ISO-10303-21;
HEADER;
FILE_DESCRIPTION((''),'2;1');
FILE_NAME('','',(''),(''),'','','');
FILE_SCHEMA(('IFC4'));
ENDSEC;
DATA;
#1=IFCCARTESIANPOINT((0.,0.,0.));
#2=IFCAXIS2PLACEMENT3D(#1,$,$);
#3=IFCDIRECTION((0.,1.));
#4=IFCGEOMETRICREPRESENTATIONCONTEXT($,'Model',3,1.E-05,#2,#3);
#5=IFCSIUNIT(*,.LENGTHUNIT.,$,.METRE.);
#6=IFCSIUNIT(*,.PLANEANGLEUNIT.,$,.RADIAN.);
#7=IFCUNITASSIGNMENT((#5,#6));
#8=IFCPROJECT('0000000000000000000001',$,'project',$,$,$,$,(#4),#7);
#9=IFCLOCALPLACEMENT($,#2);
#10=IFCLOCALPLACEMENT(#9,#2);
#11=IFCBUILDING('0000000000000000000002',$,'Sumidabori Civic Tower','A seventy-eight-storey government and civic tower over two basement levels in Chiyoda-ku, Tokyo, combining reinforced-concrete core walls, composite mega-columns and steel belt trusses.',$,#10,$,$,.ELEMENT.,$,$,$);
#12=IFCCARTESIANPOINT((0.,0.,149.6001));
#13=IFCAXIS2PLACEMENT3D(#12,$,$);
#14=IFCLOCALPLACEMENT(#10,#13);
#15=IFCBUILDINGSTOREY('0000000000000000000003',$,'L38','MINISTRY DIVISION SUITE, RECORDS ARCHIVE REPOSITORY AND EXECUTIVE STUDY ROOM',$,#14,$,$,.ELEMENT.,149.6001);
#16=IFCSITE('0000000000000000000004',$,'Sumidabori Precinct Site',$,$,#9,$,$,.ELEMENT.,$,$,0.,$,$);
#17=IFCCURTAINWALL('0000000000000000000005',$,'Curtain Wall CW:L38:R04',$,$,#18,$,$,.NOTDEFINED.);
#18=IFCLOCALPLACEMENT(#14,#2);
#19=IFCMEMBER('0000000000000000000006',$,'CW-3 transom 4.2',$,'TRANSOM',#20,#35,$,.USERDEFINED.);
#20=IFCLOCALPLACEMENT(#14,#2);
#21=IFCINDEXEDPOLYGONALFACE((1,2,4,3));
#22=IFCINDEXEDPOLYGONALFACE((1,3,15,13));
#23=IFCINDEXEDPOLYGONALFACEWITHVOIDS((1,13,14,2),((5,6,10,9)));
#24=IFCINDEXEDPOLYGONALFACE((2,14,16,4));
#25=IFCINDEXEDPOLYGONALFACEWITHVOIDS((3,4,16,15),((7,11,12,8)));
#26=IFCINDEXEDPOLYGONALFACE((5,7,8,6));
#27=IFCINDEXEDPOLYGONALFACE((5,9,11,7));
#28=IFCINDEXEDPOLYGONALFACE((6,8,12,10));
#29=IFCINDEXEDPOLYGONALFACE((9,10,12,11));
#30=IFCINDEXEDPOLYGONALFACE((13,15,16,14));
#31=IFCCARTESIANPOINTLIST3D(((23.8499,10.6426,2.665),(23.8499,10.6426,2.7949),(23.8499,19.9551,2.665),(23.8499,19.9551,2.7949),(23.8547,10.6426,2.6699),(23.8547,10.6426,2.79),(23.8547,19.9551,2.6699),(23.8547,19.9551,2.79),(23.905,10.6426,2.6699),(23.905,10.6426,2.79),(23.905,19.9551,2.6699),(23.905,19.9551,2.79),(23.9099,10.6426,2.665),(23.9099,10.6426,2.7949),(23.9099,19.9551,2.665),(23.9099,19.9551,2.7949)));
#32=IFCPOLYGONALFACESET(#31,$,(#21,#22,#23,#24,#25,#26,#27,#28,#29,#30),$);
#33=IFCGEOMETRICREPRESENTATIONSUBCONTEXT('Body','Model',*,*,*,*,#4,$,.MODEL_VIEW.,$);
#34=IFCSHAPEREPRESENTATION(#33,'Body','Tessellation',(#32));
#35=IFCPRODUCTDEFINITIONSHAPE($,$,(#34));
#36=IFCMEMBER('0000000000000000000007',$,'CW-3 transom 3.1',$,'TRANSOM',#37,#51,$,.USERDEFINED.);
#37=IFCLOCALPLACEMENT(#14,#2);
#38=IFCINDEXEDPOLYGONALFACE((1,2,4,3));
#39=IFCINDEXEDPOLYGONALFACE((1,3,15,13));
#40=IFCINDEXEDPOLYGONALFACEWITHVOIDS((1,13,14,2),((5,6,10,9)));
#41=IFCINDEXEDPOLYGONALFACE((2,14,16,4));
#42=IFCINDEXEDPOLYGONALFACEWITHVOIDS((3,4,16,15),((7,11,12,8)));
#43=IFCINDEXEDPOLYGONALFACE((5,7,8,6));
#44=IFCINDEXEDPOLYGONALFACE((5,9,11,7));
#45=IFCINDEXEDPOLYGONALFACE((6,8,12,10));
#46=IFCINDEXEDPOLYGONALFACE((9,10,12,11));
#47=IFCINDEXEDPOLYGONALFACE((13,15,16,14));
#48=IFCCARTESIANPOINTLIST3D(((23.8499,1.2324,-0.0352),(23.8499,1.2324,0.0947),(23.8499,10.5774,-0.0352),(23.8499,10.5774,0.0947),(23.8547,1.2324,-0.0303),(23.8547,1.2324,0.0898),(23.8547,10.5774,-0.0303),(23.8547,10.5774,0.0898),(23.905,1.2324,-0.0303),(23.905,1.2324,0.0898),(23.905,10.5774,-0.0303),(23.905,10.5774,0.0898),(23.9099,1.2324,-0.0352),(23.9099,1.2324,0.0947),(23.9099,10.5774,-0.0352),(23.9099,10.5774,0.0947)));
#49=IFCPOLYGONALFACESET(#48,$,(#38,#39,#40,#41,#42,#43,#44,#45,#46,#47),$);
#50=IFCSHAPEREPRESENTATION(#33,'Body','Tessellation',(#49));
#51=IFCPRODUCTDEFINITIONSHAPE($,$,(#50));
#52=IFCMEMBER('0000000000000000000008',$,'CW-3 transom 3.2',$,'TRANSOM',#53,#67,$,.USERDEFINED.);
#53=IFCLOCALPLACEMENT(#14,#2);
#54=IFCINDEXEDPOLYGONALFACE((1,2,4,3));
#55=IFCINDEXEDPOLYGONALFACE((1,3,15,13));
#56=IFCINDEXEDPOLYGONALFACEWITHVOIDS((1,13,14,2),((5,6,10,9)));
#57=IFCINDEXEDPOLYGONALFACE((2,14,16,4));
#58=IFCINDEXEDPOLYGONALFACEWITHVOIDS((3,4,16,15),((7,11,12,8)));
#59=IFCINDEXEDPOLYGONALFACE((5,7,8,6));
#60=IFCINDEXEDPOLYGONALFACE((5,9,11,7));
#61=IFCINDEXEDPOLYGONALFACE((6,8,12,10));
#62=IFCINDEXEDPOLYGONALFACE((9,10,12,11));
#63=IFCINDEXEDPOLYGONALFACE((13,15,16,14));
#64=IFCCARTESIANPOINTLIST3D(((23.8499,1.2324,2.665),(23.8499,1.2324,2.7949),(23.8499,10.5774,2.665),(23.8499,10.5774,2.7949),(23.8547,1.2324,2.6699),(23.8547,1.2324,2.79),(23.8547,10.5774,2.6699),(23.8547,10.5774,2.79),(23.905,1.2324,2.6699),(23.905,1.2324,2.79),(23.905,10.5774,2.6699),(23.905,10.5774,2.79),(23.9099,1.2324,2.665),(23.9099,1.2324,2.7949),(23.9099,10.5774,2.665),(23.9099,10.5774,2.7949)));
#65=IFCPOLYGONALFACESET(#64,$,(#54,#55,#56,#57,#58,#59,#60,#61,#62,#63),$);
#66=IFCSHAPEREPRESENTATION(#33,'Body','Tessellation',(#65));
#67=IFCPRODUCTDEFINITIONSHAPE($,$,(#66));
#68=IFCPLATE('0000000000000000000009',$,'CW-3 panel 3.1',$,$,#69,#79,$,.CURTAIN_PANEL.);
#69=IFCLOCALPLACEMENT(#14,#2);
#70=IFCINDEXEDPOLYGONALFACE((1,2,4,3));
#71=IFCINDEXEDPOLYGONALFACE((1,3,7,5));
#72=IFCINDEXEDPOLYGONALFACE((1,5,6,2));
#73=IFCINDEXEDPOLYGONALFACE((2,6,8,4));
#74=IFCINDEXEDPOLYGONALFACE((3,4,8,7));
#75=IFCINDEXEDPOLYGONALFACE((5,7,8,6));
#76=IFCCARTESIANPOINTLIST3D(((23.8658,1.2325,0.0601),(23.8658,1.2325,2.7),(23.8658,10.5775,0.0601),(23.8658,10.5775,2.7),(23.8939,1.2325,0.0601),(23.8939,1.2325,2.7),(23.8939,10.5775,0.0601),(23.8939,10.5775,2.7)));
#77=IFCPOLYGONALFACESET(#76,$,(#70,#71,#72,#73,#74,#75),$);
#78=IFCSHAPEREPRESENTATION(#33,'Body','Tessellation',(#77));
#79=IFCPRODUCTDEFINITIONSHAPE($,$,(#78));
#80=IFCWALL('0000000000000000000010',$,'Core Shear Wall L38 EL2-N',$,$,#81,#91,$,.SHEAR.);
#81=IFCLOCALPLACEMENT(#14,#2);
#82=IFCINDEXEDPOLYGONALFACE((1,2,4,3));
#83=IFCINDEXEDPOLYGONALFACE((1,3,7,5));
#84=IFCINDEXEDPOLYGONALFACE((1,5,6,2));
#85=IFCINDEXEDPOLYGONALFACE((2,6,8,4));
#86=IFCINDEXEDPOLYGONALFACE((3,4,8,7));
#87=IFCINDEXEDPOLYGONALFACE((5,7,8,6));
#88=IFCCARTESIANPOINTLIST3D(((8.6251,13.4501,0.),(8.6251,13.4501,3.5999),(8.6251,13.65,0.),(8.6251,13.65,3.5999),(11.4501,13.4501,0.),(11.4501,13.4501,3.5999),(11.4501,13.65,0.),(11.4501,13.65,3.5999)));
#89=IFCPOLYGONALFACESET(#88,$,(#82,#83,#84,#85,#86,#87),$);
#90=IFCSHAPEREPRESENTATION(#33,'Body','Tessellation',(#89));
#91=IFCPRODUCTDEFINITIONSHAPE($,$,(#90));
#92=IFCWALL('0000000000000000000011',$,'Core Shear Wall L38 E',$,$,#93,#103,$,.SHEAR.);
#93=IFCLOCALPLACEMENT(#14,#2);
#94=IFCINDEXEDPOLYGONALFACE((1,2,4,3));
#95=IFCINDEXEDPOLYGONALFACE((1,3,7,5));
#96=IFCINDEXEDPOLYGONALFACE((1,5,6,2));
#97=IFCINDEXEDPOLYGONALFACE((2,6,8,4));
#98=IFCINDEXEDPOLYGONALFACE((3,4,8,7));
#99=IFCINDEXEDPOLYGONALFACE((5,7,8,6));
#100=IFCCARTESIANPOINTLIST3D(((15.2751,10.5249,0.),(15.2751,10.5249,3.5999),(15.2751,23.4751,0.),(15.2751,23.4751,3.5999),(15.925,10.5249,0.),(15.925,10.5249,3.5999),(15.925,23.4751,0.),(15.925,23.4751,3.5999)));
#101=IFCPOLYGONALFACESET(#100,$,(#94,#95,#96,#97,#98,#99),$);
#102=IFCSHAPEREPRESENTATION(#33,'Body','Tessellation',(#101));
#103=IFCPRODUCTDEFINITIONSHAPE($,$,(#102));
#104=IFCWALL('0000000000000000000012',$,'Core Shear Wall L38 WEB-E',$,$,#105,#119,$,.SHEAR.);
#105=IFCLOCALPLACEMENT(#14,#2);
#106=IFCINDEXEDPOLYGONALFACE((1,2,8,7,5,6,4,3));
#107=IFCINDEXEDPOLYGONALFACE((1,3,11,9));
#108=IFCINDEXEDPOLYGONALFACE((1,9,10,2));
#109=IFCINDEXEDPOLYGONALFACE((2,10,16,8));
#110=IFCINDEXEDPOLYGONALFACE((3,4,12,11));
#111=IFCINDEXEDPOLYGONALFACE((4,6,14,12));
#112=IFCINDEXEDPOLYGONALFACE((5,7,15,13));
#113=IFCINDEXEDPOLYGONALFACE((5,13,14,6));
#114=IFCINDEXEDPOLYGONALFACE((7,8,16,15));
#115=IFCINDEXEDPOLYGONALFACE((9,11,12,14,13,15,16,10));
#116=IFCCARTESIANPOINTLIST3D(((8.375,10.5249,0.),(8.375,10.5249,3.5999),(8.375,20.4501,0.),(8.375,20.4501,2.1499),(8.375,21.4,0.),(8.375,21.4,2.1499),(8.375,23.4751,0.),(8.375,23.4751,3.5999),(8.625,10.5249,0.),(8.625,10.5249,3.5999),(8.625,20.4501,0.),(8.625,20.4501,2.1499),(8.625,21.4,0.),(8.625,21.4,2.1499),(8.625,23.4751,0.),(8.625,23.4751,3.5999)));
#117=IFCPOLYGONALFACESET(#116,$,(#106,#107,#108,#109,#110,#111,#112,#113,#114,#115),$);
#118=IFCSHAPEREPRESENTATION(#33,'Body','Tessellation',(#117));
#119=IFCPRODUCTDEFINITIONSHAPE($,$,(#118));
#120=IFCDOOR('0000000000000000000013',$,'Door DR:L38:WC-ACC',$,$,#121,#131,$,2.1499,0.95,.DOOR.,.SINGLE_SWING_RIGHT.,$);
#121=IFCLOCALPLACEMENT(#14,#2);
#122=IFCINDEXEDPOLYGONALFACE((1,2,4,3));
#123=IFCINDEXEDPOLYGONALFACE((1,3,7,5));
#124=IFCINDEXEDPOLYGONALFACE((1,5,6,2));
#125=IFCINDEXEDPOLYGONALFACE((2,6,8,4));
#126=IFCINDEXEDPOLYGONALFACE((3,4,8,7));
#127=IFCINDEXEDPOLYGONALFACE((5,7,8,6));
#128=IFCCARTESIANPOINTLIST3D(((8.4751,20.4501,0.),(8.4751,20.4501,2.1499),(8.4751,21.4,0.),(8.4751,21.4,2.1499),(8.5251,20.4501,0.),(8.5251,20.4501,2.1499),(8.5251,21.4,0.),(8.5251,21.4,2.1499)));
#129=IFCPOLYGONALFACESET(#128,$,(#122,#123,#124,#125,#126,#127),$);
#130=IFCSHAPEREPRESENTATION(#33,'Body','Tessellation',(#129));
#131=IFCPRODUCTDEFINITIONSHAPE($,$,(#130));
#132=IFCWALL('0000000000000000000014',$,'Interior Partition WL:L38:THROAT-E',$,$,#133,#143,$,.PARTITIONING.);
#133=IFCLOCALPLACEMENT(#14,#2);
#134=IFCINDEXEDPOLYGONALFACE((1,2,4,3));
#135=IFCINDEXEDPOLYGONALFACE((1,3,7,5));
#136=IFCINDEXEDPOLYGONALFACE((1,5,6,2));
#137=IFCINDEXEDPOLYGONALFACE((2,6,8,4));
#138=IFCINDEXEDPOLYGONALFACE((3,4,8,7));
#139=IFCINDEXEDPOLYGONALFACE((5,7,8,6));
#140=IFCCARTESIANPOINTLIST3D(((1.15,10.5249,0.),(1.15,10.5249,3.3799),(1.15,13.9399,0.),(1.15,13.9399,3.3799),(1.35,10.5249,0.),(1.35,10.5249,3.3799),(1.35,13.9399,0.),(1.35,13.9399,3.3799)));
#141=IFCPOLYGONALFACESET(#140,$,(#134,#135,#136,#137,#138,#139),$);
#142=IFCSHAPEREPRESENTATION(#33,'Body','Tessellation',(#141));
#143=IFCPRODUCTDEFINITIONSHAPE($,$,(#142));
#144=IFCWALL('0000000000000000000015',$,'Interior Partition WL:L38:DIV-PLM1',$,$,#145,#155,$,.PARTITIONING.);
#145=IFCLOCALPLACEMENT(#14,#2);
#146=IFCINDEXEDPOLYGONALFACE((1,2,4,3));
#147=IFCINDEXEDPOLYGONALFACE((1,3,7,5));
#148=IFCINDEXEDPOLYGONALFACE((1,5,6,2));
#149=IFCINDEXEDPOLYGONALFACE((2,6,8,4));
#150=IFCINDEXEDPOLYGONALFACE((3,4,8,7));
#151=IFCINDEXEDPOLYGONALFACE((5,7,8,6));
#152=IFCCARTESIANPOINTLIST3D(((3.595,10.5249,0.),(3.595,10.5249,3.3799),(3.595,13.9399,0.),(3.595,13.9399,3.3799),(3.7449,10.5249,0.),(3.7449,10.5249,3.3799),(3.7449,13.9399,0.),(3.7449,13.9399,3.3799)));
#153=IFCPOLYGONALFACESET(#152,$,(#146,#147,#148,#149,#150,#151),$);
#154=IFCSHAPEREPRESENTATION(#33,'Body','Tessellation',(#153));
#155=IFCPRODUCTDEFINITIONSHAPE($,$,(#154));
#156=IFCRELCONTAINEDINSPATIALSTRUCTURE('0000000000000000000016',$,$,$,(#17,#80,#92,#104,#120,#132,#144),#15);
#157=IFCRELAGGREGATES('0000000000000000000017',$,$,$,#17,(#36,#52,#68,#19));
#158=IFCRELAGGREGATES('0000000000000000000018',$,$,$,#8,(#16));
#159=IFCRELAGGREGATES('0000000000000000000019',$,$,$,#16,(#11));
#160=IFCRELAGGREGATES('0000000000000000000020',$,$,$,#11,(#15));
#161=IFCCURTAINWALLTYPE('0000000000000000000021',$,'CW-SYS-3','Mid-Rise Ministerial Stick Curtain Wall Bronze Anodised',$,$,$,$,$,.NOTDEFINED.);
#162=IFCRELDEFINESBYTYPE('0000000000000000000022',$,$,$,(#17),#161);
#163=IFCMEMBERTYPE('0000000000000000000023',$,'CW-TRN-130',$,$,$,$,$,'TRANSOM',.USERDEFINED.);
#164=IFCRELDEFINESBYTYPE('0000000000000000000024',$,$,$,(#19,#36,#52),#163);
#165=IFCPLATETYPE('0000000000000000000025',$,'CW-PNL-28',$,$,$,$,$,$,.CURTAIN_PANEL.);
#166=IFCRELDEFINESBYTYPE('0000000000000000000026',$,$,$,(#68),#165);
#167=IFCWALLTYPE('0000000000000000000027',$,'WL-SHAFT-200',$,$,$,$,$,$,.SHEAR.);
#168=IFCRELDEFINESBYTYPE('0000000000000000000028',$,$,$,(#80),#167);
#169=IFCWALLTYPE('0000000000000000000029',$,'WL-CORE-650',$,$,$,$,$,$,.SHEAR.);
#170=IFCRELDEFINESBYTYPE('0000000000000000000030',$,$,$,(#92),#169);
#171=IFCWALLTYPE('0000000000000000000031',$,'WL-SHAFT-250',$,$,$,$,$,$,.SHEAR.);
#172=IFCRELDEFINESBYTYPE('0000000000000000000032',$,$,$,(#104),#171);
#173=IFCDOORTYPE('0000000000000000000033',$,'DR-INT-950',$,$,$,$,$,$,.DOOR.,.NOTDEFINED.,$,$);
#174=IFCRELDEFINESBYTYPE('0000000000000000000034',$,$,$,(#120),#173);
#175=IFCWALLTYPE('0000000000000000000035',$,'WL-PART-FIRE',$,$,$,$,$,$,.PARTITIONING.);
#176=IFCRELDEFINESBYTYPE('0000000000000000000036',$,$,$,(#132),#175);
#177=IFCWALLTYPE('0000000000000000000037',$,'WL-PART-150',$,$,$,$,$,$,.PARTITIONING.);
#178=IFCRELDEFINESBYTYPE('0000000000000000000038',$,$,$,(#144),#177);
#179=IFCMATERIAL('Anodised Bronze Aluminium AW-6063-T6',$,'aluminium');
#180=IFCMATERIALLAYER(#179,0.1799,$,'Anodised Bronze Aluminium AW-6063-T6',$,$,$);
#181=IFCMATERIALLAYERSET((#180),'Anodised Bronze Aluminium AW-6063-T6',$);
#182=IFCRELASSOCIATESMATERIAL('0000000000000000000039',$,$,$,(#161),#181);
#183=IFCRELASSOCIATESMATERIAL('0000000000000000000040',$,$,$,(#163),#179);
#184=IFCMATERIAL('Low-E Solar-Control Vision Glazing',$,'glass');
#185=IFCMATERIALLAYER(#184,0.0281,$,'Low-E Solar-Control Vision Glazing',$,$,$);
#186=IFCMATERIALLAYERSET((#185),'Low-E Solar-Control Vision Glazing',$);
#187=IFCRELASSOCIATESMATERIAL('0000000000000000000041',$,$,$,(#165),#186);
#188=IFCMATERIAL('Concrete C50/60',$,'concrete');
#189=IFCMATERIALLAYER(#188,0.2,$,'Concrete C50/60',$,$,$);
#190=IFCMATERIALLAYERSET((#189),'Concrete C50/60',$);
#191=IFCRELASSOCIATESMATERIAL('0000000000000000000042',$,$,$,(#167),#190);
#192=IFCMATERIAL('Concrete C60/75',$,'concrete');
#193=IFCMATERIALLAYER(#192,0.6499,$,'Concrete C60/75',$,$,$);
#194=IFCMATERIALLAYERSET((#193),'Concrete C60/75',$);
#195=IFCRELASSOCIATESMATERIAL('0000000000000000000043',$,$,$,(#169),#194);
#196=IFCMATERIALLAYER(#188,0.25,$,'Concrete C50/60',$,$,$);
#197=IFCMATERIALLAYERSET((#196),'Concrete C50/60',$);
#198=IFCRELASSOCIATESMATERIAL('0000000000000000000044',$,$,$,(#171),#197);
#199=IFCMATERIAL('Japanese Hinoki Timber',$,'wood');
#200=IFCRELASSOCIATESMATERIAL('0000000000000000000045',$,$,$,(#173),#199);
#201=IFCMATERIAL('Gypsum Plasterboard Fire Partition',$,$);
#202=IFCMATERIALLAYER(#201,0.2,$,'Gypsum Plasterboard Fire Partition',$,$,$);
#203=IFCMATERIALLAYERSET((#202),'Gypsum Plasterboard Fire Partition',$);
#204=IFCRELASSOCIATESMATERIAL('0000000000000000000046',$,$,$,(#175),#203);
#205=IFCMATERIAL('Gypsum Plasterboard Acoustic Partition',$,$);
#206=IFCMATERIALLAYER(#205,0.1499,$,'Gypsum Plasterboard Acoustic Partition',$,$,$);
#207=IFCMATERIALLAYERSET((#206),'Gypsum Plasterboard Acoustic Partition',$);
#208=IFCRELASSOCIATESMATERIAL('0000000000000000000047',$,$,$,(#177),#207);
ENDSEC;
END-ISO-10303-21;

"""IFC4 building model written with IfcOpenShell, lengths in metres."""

from ifc_helpers import new_model, si_unit, direction, frame, frame_2d, origin, origin_2d, place, context, subcontext, project, spatial, rectangle, hollow_rectangle, extrude, source, transform, mapped, material, layer, layer_set, material_profile, profile_set, type_object, element, fill, aggregate, save


model = new_model("IFC4")

# Units and contexts
model_context = context("Model", 3, precision=1e-05, world=origin(), true_north=direction((0.0, 1.0)))
body_context = subcontext(model_context, "Body", "Model", "MODEL_VIEW")
ifc_project = project(units=[si_unit("LENGTHUNIT", "METRE"), si_unit("PLANEANGLEUNIT", "RADIAN")], contexts=[model_context])

# Site, building, storey
site_placement = place(None, origin())
site = spatial("IfcSite", under=ifc_project, at=site_placement, Name="Sumidabori Precinct Site", CompositionType="ELEMENT", RefElevation=0.0)
building_placement = place(site_placement, origin())
building = spatial("IfcBuilding", under=site, at=building_placement, Name="Sumidabori Civic Tower", Description="A seventy-eight-storey government and civic tower over two basement levels in Chiyoda-ku, Tokyo, combining reinforced-concrete core walls, composite mega-columns and steel belt trusses.", CompositionType="ELEMENT")
storey_placement = place(building_placement, frame((0.0, 0.0, 149.6001)))
storey = spatial("IfcBuildingStorey", under=building, at=storey_placement, Name="L38", Description="MINISTRY DIVISION SUITE, RECORDS ARCHIVE REPOSITORY AND EXECUTIVE STUDY ROOM", CompositionType="ELEMENT", Elevation=149.6001)

# Shared definitions
ifc_material_1 = material(Name="Concrete C60/75", Category="concrete")

# Curtain wall, members, plate
ifc_material_2 = material(Name="Anodised Bronze Aluminium AW-6063-T6", Category="aluminium")
ifc_layer_1 = layer(ifc_material_2, 0.1799, Name="Anodised Bronze Aluminium AW-6063-T6")
ifc_layer_set_1 = layer_set([ifc_layer_1], Name="Anodised Bronze Aluminium AW-6063-T6")
curtain_wall_type = type_object("IfcCurtainWallType", Name="CW-SYS-3", Description="Mid-Rise Ministerial Stick Curtain Wall Bronze Anodised", PredefinedType="NOTDEFINED", material=ifc_layer_set_1)
curtain_wall_placement = place(storey_placement, origin())
curtain_wall = element("IfcCurtainWall", 1, at=curtain_wall_placement, inside=storey, type_object=curtain_wall_type, Name="Curtain Wall CW:L38:R04", PredefinedType="NOTDEFINED")
ifc_material_profile_1 = material_profile(ifc_material_2, hollow_rectangle(XDim=0.0601, YDim=0.1299, WallThickness=0.0049, at=origin_2d()), Name="ALU TRANSOM 130x60")
ifc_profile_set_1 = profile_set([ifc_material_profile_1], Name="Anodised Bronze Aluminium AW-6063-T6")
member_type_1 = type_object("IfcMemberType", Name="CW-TRN-130", ElementType="TRANSOM", PredefinedType="USERDEFINED", material=ifc_profile_set_1)
shared_shape_1 = source(origin(), body_context, "Body", "SweptSolid", [
    extrude(hollow_rectangle(XDim=0.0601, YDim=0.1299, WallThickness=0.0049, at=origin_2d()), origin(), (0.0, 0.0, 1.0), 9.3125),
])
member_1_placement = place(storey_placement, frame((23.8799, 10.6426, 2.73), z_axis=(0.0, 1.0, 0.0), x_axis=(-1.0, 0.0, 0.0)))
member_1 = element("IfcMember", 2, at=member_1_placement, type_object=member_type_1, Name="CW-3 transom 4.2", ObjectType="TRANSOM", PredefinedType="USERDEFINED", context=body_context, shape_type="MappedRepresentation", body=[
    mapped(shared_shape_1, transform((0.0, 0.0, 0.0), x_axis=(1.0, 0.0, 0.0), y_axis=(0.0, 1.0, 0.0), z_axis=(0.0, 0.0, 1.0), scale=1.0)),
])
shared_shape_2 = source(origin(), body_context, "Body", "SweptSolid", [
    extrude(hollow_rectangle(XDim=0.0601, YDim=0.1299, WallThickness=0.0049, at=origin_2d()), origin(), (0.0, 0.0, 1.0), 9.345),
])
member_2_placement = place(storey_placement, frame((23.8799, 1.2324, 0.0298), z_axis=(0.0, 1.0, 0.0), x_axis=(-1.0, 0.0, 0.0)))
member_2 = element("IfcMember", 3, at=member_2_placement, type_object=member_type_1, Name="CW-3 transom 3.1", ObjectType="TRANSOM", PredefinedType="USERDEFINED", context=body_context, shape_type="MappedRepresentation", body=[
    mapped(shared_shape_2, transform((0.0, 0.0, 0.0), x_axis=(1.0, 0.0, 0.0), y_axis=(0.0, 1.0, 0.0), z_axis=(0.0, 0.0, 1.0), scale=1.0)),
])
member_3_placement = place(storey_placement, frame((23.8799, 1.2324, 2.73), z_axis=(0.0, 1.0, 0.0), x_axis=(-1.0, 0.0, 0.0)))
member_3 = element("IfcMember", 4, at=member_3_placement, type_object=member_type_1, Name="CW-3 transom 3.2", ObjectType="TRANSOM", PredefinedType="USERDEFINED", context=body_context, shape_type="MappedRepresentation", body=[
    mapped(shared_shape_2, transform((0.0, 0.0, 0.0), x_axis=(1.0, 0.0, 0.0), y_axis=(0.0, 1.0, 0.0), z_axis=(0.0, 0.0, 1.0), scale=1.0)),
])
ifc_material_3 = material(Name="Low-E Solar-Control Vision Glazing", Category="glass")
ifc_layer_2 = layer(ifc_material_3, 0.0281, Name="Low-E Solar-Control Vision Glazing")
ifc_layer_set_2 = layer_set([ifc_layer_2], Name="Low-E Solar-Control Vision Glazing")
plate_type = type_object("IfcPlateType", Name="CW-PNL-28", PredefinedType="CURTAIN_PANEL", material=ifc_layer_set_2)
shared_shape_3 = source(origin(), body_context, "Body", "SweptSolid", [
    extrude(rectangle(XDim=9.345, YDim=0.0281, at=origin_2d()), origin(), (0.0, 0.0, 1.0), 2.6399),
])
plate_placement = place(storey_placement, frame((23.8799, 5.905, 0.0601), z_axis=(0.0, 0.0, 1.0), x_axis=(0.0, 1.0, 0.0)))
plate = element("IfcPlate", 5, at=plate_placement, type_object=plate_type, Name="CW-3 panel 3.1", PredefinedType="CURTAIN_PANEL", context=body_context, shape_type="MappedRepresentation", body=[
    mapped(shared_shape_3, transform((0.0, 0.0, 0.0), x_axis=(1.0, 0.0, 0.0), y_axis=(0.0, 1.0, 0.0), z_axis=(0.0, 0.0, 1.0), scale=1.0)),
])
aggregate(curtain_wall, [member_2, member_3, plate, member_1])

# Walls
ifc_material_4 = material(Name="Concrete C50/60", Category="concrete")
ifc_layer_3 = layer(ifc_material_4, 0.2, Name="Concrete C50/60")
ifc_layer_set_3 = layer_set([ifc_layer_3], Name="Concrete C50/60")
wall_type_1 = type_object("IfcWallType", Name="WL-SHAFT-200", PredefinedType="SHEAR", material=ifc_layer_set_3)
shared_shape_4 = source(origin(), body_context, "Body", "SweptSolid", [
    extrude(rectangle(XDim=2.825, YDim=0.2, at=frame_2d((1.4126, 0.0))), origin(), (0.0, 0.0, 1.0), 3.5999),
])
wall_1_placement = place(storey_placement, frame((8.625, 13.55, 0.0), z_axis=(0.0, 0.0, 1.0), x_axis=(1.0, 0.0, 0.0)))
element("IfcWall", 6, at=wall_1_placement, inside=storey, type_object=wall_type_1, Name="Core Shear Wall L38 EL2-N", PredefinedType="SHEAR", context=body_context, shape_type="MappedRepresentation", body=[
    mapped(shared_shape_4, transform((0.0, 0.0, 0.0), x_axis=(1.0, 0.0, 0.0), y_axis=(0.0, 1.0, 0.0), z_axis=(0.0, 0.0, 1.0), scale=1.0)),
])
ifc_layer_4 = layer(ifc_material_1, 0.6499, Name="Concrete C60/75")
ifc_layer_set_4 = layer_set([ifc_layer_4], Name="Concrete C60/75")
wall_type_2 = type_object("IfcWallType", Name="WL-CORE-650", PredefinedType="SHEAR", material=ifc_layer_set_4)
shared_shape_5 = source(origin(), body_context, "Body", "SweptSolid", [
    extrude(rectangle(XDim=12.9502, YDim=0.6499, at=frame_2d((6.4751, 0.0))), origin(), (0.0, 0.0, 1.0), 3.5999),
])
wall_2_placement = place(storey_placement, frame((15.6001, 10.5249, 0.0), z_axis=(0.0, 0.0, 1.0), x_axis=(0.0, 1.0, 0.0)))
element("IfcWall", 7, at=wall_2_placement, inside=storey, type_object=wall_type_2, Name="Core Shear Wall L38 E", PredefinedType="SHEAR", context=body_context, shape_type="MappedRepresentation", body=[
    mapped(shared_shape_5, transform((0.0, 0.0, 0.0), x_axis=(1.0, 0.0, 0.0), y_axis=(0.0, 1.0, 0.0), z_axis=(0.0, 0.0, 1.0), scale=1.0)),
])

# Wall, opening, door
ifc_layer_5 = layer(ifc_material_4, 0.25, Name="Concrete C50/60")
ifc_layer_set_5 = layer_set([ifc_layer_5], Name="Concrete C50/60")
wall_type_3 = type_object("IfcWallType", Name="WL-SHAFT-250", PredefinedType="SHEAR", material=ifc_layer_set_5)
shared_shape_6 = source(origin(), body_context, "Body", "SweptSolid", [
    extrude(rectangle(XDim=12.9502, YDim=0.25, at=frame_2d((6.4751, 0.0))), origin(), (0.0, 0.0, 1.0), 3.5999),
])
wall_3_placement = place(storey_placement, frame((8.5, 10.5249, 0.0), z_axis=(0.0, 0.0, 1.0), x_axis=(0.0, 1.0, 0.0)))
wall_3 = element("IfcWall", 8, at=wall_3_placement, inside=storey, type_object=wall_type_3, Name="Core Shear Wall L38 WEB-E", PredefinedType="SHEAR", context=body_context, shape_type="MappedRepresentation", body=[
    mapped(shared_shape_6, transform((0.0, 0.0, 0.0), x_axis=(1.0, 0.0, 0.0), y_axis=(0.0, 1.0, 0.0), z_axis=(0.0, 0.0, 1.0), scale=1.0)),
])
opening_1_placement = place(wall_3_placement, frame((9.925, 0.0, 0.0)))
opening_1 = element("IfcOpeningElement", 9, at=opening_1_placement, cuts=wall_3, PredefinedType="OPENING", context=body_context, shape_type="SweptSolid", body=[
    extrude(rectangle(XDim=0.95, YDim=2.1499, at=frame_2d((0.4751, 1.075))), frame((0.0, 0.137, 0.0), z_axis=(0.0, -1.0, 0.0), x_axis=(1.0, 0.0, 0.0)), (0.0, 0.0, 1.0), 0.2739),
])
ifc_material_5 = material(Name="Japanese Hinoki Timber", Category="wood")
door_type_1 = type_object("IfcDoorType", Name="DR-INT-950", OperationType="NOTDEFINED", PredefinedType="DOOR", material=ifc_material_5)
shared_shape_7 = source(origin(), body_context, "Body", "SweptSolid", [
    extrude(rectangle(XDim=0.95, YDim=2.1499, at=frame_2d((0.4751, 1.075))), frame((0.0, 0.0249, 0.0), z_axis=(0.0, -1.0, 0.0), x_axis=(1.0, 0.0, 0.0)), (0.0, 0.0, 1.0), 0.05),
])
door_1_placement = place(opening_1_placement, origin())
door_1 = element("IfcDoor", 10, at=door_1_placement, inside=storey, type_object=door_type_1, Name="Door DR:L38:WC-ACC", OperationType="SINGLE_SWING_RIGHT", OverallHeight=2.1499, OverallWidth=0.95, PredefinedType="DOOR", context=body_context, shape_type="MappedRepresentation", body=[
    mapped(shared_shape_7, transform((0.0, 0.0, 0.0), x_axis=(1.0, 0.0, 0.0), y_axis=(0.0, 1.0, 0.0), z_axis=(0.0, 0.0, 1.0), scale=1.0)),
])
fill(opening_1, door_1)

# Walls
ifc_material_6 = material(Name="Gypsum Plasterboard Fire Partition")
ifc_layer_6 = layer(ifc_material_6, 0.2, Name="Gypsum Plasterboard Fire Partition")
ifc_layer_set_6 = layer_set([ifc_layer_6], Name="Gypsum Plasterboard Fire Partition")
wall_type_4 = type_object("IfcWallType", Name="WL-PART-FIRE", PredefinedType="PARTITIONING", material=ifc_layer_set_6)
shared_shape_8 = source(origin(), body_context, "Body", "SweptSolid", [
    extrude(rectangle(XDim=3.415, YDim=0.2, at=frame_2d((1.7075, 0.0))), origin(), (0.0, 0.0, 1.0), 3.3799),
])
wall_4_placement = place(storey_placement, frame((1.25, 10.5249, 0.0), z_axis=(0.0, 0.0, 1.0), x_axis=(0.0, 1.0, 0.0)))
element("IfcWall", 11, at=wall_4_placement, inside=storey, type_object=wall_type_4, Name="Interior Partition WL:L38:THROAT-E", PredefinedType="PARTITIONING", context=body_context, shape_type="MappedRepresentation", body=[
    mapped(shared_shape_8, transform((0.0, 0.0, 0.0), x_axis=(1.0, 0.0, 0.0), y_axis=(0.0, 1.0, 0.0), z_axis=(0.0, 0.0, 1.0), scale=1.0)),
])
ifc_material_7 = material(Name="Gypsum Plasterboard Acoustic Partition")
ifc_layer_7 = layer(ifc_material_7, 0.1499, Name="Gypsum Plasterboard Acoustic Partition")
ifc_layer_set_7 = layer_set([ifc_layer_7], Name="Gypsum Plasterboard Acoustic Partition")
wall_type_5 = type_object("IfcWallType", Name="WL-PART-150", PredefinedType="PARTITIONING", material=ifc_layer_set_7)
shared_shape_9 = source(origin(), body_context, "Body", "SweptSolid", [
    extrude(rectangle(XDim=3.415, YDim=0.1499, at=frame_2d((1.7075, 0.0))), origin(), (0.0, 0.0, 1.0), 3.3799),
])
for number, where, z_axis, x_axis, name in (
    (12, (3.6699, 10.5249, 0.0), (0.0, 0.0, 1.0), (0.0, 1.0, 0.0), "Interior Partition WL:L38:DIV-PLM1"),
):
    element("IfcWall", number, at=place(storey_placement, frame(where, z_axis=z_axis, x_axis=x_axis)), inside=storey, type_object=wall_type_5, Name=name, PredefinedType="PARTITIONING", context=body_context, shape_type="MappedRepresentation", body=[
        mapped(shared_shape_9, transform((0.0, 0.0, 0.0), x_axis=(1.0, 0.0, 0.0), y_axis=(0.0, 1.0, 0.0), z_axis=(0.0, 0.0, 1.0), scale=1.0)),
    ])

save(model, "model.ifc")
